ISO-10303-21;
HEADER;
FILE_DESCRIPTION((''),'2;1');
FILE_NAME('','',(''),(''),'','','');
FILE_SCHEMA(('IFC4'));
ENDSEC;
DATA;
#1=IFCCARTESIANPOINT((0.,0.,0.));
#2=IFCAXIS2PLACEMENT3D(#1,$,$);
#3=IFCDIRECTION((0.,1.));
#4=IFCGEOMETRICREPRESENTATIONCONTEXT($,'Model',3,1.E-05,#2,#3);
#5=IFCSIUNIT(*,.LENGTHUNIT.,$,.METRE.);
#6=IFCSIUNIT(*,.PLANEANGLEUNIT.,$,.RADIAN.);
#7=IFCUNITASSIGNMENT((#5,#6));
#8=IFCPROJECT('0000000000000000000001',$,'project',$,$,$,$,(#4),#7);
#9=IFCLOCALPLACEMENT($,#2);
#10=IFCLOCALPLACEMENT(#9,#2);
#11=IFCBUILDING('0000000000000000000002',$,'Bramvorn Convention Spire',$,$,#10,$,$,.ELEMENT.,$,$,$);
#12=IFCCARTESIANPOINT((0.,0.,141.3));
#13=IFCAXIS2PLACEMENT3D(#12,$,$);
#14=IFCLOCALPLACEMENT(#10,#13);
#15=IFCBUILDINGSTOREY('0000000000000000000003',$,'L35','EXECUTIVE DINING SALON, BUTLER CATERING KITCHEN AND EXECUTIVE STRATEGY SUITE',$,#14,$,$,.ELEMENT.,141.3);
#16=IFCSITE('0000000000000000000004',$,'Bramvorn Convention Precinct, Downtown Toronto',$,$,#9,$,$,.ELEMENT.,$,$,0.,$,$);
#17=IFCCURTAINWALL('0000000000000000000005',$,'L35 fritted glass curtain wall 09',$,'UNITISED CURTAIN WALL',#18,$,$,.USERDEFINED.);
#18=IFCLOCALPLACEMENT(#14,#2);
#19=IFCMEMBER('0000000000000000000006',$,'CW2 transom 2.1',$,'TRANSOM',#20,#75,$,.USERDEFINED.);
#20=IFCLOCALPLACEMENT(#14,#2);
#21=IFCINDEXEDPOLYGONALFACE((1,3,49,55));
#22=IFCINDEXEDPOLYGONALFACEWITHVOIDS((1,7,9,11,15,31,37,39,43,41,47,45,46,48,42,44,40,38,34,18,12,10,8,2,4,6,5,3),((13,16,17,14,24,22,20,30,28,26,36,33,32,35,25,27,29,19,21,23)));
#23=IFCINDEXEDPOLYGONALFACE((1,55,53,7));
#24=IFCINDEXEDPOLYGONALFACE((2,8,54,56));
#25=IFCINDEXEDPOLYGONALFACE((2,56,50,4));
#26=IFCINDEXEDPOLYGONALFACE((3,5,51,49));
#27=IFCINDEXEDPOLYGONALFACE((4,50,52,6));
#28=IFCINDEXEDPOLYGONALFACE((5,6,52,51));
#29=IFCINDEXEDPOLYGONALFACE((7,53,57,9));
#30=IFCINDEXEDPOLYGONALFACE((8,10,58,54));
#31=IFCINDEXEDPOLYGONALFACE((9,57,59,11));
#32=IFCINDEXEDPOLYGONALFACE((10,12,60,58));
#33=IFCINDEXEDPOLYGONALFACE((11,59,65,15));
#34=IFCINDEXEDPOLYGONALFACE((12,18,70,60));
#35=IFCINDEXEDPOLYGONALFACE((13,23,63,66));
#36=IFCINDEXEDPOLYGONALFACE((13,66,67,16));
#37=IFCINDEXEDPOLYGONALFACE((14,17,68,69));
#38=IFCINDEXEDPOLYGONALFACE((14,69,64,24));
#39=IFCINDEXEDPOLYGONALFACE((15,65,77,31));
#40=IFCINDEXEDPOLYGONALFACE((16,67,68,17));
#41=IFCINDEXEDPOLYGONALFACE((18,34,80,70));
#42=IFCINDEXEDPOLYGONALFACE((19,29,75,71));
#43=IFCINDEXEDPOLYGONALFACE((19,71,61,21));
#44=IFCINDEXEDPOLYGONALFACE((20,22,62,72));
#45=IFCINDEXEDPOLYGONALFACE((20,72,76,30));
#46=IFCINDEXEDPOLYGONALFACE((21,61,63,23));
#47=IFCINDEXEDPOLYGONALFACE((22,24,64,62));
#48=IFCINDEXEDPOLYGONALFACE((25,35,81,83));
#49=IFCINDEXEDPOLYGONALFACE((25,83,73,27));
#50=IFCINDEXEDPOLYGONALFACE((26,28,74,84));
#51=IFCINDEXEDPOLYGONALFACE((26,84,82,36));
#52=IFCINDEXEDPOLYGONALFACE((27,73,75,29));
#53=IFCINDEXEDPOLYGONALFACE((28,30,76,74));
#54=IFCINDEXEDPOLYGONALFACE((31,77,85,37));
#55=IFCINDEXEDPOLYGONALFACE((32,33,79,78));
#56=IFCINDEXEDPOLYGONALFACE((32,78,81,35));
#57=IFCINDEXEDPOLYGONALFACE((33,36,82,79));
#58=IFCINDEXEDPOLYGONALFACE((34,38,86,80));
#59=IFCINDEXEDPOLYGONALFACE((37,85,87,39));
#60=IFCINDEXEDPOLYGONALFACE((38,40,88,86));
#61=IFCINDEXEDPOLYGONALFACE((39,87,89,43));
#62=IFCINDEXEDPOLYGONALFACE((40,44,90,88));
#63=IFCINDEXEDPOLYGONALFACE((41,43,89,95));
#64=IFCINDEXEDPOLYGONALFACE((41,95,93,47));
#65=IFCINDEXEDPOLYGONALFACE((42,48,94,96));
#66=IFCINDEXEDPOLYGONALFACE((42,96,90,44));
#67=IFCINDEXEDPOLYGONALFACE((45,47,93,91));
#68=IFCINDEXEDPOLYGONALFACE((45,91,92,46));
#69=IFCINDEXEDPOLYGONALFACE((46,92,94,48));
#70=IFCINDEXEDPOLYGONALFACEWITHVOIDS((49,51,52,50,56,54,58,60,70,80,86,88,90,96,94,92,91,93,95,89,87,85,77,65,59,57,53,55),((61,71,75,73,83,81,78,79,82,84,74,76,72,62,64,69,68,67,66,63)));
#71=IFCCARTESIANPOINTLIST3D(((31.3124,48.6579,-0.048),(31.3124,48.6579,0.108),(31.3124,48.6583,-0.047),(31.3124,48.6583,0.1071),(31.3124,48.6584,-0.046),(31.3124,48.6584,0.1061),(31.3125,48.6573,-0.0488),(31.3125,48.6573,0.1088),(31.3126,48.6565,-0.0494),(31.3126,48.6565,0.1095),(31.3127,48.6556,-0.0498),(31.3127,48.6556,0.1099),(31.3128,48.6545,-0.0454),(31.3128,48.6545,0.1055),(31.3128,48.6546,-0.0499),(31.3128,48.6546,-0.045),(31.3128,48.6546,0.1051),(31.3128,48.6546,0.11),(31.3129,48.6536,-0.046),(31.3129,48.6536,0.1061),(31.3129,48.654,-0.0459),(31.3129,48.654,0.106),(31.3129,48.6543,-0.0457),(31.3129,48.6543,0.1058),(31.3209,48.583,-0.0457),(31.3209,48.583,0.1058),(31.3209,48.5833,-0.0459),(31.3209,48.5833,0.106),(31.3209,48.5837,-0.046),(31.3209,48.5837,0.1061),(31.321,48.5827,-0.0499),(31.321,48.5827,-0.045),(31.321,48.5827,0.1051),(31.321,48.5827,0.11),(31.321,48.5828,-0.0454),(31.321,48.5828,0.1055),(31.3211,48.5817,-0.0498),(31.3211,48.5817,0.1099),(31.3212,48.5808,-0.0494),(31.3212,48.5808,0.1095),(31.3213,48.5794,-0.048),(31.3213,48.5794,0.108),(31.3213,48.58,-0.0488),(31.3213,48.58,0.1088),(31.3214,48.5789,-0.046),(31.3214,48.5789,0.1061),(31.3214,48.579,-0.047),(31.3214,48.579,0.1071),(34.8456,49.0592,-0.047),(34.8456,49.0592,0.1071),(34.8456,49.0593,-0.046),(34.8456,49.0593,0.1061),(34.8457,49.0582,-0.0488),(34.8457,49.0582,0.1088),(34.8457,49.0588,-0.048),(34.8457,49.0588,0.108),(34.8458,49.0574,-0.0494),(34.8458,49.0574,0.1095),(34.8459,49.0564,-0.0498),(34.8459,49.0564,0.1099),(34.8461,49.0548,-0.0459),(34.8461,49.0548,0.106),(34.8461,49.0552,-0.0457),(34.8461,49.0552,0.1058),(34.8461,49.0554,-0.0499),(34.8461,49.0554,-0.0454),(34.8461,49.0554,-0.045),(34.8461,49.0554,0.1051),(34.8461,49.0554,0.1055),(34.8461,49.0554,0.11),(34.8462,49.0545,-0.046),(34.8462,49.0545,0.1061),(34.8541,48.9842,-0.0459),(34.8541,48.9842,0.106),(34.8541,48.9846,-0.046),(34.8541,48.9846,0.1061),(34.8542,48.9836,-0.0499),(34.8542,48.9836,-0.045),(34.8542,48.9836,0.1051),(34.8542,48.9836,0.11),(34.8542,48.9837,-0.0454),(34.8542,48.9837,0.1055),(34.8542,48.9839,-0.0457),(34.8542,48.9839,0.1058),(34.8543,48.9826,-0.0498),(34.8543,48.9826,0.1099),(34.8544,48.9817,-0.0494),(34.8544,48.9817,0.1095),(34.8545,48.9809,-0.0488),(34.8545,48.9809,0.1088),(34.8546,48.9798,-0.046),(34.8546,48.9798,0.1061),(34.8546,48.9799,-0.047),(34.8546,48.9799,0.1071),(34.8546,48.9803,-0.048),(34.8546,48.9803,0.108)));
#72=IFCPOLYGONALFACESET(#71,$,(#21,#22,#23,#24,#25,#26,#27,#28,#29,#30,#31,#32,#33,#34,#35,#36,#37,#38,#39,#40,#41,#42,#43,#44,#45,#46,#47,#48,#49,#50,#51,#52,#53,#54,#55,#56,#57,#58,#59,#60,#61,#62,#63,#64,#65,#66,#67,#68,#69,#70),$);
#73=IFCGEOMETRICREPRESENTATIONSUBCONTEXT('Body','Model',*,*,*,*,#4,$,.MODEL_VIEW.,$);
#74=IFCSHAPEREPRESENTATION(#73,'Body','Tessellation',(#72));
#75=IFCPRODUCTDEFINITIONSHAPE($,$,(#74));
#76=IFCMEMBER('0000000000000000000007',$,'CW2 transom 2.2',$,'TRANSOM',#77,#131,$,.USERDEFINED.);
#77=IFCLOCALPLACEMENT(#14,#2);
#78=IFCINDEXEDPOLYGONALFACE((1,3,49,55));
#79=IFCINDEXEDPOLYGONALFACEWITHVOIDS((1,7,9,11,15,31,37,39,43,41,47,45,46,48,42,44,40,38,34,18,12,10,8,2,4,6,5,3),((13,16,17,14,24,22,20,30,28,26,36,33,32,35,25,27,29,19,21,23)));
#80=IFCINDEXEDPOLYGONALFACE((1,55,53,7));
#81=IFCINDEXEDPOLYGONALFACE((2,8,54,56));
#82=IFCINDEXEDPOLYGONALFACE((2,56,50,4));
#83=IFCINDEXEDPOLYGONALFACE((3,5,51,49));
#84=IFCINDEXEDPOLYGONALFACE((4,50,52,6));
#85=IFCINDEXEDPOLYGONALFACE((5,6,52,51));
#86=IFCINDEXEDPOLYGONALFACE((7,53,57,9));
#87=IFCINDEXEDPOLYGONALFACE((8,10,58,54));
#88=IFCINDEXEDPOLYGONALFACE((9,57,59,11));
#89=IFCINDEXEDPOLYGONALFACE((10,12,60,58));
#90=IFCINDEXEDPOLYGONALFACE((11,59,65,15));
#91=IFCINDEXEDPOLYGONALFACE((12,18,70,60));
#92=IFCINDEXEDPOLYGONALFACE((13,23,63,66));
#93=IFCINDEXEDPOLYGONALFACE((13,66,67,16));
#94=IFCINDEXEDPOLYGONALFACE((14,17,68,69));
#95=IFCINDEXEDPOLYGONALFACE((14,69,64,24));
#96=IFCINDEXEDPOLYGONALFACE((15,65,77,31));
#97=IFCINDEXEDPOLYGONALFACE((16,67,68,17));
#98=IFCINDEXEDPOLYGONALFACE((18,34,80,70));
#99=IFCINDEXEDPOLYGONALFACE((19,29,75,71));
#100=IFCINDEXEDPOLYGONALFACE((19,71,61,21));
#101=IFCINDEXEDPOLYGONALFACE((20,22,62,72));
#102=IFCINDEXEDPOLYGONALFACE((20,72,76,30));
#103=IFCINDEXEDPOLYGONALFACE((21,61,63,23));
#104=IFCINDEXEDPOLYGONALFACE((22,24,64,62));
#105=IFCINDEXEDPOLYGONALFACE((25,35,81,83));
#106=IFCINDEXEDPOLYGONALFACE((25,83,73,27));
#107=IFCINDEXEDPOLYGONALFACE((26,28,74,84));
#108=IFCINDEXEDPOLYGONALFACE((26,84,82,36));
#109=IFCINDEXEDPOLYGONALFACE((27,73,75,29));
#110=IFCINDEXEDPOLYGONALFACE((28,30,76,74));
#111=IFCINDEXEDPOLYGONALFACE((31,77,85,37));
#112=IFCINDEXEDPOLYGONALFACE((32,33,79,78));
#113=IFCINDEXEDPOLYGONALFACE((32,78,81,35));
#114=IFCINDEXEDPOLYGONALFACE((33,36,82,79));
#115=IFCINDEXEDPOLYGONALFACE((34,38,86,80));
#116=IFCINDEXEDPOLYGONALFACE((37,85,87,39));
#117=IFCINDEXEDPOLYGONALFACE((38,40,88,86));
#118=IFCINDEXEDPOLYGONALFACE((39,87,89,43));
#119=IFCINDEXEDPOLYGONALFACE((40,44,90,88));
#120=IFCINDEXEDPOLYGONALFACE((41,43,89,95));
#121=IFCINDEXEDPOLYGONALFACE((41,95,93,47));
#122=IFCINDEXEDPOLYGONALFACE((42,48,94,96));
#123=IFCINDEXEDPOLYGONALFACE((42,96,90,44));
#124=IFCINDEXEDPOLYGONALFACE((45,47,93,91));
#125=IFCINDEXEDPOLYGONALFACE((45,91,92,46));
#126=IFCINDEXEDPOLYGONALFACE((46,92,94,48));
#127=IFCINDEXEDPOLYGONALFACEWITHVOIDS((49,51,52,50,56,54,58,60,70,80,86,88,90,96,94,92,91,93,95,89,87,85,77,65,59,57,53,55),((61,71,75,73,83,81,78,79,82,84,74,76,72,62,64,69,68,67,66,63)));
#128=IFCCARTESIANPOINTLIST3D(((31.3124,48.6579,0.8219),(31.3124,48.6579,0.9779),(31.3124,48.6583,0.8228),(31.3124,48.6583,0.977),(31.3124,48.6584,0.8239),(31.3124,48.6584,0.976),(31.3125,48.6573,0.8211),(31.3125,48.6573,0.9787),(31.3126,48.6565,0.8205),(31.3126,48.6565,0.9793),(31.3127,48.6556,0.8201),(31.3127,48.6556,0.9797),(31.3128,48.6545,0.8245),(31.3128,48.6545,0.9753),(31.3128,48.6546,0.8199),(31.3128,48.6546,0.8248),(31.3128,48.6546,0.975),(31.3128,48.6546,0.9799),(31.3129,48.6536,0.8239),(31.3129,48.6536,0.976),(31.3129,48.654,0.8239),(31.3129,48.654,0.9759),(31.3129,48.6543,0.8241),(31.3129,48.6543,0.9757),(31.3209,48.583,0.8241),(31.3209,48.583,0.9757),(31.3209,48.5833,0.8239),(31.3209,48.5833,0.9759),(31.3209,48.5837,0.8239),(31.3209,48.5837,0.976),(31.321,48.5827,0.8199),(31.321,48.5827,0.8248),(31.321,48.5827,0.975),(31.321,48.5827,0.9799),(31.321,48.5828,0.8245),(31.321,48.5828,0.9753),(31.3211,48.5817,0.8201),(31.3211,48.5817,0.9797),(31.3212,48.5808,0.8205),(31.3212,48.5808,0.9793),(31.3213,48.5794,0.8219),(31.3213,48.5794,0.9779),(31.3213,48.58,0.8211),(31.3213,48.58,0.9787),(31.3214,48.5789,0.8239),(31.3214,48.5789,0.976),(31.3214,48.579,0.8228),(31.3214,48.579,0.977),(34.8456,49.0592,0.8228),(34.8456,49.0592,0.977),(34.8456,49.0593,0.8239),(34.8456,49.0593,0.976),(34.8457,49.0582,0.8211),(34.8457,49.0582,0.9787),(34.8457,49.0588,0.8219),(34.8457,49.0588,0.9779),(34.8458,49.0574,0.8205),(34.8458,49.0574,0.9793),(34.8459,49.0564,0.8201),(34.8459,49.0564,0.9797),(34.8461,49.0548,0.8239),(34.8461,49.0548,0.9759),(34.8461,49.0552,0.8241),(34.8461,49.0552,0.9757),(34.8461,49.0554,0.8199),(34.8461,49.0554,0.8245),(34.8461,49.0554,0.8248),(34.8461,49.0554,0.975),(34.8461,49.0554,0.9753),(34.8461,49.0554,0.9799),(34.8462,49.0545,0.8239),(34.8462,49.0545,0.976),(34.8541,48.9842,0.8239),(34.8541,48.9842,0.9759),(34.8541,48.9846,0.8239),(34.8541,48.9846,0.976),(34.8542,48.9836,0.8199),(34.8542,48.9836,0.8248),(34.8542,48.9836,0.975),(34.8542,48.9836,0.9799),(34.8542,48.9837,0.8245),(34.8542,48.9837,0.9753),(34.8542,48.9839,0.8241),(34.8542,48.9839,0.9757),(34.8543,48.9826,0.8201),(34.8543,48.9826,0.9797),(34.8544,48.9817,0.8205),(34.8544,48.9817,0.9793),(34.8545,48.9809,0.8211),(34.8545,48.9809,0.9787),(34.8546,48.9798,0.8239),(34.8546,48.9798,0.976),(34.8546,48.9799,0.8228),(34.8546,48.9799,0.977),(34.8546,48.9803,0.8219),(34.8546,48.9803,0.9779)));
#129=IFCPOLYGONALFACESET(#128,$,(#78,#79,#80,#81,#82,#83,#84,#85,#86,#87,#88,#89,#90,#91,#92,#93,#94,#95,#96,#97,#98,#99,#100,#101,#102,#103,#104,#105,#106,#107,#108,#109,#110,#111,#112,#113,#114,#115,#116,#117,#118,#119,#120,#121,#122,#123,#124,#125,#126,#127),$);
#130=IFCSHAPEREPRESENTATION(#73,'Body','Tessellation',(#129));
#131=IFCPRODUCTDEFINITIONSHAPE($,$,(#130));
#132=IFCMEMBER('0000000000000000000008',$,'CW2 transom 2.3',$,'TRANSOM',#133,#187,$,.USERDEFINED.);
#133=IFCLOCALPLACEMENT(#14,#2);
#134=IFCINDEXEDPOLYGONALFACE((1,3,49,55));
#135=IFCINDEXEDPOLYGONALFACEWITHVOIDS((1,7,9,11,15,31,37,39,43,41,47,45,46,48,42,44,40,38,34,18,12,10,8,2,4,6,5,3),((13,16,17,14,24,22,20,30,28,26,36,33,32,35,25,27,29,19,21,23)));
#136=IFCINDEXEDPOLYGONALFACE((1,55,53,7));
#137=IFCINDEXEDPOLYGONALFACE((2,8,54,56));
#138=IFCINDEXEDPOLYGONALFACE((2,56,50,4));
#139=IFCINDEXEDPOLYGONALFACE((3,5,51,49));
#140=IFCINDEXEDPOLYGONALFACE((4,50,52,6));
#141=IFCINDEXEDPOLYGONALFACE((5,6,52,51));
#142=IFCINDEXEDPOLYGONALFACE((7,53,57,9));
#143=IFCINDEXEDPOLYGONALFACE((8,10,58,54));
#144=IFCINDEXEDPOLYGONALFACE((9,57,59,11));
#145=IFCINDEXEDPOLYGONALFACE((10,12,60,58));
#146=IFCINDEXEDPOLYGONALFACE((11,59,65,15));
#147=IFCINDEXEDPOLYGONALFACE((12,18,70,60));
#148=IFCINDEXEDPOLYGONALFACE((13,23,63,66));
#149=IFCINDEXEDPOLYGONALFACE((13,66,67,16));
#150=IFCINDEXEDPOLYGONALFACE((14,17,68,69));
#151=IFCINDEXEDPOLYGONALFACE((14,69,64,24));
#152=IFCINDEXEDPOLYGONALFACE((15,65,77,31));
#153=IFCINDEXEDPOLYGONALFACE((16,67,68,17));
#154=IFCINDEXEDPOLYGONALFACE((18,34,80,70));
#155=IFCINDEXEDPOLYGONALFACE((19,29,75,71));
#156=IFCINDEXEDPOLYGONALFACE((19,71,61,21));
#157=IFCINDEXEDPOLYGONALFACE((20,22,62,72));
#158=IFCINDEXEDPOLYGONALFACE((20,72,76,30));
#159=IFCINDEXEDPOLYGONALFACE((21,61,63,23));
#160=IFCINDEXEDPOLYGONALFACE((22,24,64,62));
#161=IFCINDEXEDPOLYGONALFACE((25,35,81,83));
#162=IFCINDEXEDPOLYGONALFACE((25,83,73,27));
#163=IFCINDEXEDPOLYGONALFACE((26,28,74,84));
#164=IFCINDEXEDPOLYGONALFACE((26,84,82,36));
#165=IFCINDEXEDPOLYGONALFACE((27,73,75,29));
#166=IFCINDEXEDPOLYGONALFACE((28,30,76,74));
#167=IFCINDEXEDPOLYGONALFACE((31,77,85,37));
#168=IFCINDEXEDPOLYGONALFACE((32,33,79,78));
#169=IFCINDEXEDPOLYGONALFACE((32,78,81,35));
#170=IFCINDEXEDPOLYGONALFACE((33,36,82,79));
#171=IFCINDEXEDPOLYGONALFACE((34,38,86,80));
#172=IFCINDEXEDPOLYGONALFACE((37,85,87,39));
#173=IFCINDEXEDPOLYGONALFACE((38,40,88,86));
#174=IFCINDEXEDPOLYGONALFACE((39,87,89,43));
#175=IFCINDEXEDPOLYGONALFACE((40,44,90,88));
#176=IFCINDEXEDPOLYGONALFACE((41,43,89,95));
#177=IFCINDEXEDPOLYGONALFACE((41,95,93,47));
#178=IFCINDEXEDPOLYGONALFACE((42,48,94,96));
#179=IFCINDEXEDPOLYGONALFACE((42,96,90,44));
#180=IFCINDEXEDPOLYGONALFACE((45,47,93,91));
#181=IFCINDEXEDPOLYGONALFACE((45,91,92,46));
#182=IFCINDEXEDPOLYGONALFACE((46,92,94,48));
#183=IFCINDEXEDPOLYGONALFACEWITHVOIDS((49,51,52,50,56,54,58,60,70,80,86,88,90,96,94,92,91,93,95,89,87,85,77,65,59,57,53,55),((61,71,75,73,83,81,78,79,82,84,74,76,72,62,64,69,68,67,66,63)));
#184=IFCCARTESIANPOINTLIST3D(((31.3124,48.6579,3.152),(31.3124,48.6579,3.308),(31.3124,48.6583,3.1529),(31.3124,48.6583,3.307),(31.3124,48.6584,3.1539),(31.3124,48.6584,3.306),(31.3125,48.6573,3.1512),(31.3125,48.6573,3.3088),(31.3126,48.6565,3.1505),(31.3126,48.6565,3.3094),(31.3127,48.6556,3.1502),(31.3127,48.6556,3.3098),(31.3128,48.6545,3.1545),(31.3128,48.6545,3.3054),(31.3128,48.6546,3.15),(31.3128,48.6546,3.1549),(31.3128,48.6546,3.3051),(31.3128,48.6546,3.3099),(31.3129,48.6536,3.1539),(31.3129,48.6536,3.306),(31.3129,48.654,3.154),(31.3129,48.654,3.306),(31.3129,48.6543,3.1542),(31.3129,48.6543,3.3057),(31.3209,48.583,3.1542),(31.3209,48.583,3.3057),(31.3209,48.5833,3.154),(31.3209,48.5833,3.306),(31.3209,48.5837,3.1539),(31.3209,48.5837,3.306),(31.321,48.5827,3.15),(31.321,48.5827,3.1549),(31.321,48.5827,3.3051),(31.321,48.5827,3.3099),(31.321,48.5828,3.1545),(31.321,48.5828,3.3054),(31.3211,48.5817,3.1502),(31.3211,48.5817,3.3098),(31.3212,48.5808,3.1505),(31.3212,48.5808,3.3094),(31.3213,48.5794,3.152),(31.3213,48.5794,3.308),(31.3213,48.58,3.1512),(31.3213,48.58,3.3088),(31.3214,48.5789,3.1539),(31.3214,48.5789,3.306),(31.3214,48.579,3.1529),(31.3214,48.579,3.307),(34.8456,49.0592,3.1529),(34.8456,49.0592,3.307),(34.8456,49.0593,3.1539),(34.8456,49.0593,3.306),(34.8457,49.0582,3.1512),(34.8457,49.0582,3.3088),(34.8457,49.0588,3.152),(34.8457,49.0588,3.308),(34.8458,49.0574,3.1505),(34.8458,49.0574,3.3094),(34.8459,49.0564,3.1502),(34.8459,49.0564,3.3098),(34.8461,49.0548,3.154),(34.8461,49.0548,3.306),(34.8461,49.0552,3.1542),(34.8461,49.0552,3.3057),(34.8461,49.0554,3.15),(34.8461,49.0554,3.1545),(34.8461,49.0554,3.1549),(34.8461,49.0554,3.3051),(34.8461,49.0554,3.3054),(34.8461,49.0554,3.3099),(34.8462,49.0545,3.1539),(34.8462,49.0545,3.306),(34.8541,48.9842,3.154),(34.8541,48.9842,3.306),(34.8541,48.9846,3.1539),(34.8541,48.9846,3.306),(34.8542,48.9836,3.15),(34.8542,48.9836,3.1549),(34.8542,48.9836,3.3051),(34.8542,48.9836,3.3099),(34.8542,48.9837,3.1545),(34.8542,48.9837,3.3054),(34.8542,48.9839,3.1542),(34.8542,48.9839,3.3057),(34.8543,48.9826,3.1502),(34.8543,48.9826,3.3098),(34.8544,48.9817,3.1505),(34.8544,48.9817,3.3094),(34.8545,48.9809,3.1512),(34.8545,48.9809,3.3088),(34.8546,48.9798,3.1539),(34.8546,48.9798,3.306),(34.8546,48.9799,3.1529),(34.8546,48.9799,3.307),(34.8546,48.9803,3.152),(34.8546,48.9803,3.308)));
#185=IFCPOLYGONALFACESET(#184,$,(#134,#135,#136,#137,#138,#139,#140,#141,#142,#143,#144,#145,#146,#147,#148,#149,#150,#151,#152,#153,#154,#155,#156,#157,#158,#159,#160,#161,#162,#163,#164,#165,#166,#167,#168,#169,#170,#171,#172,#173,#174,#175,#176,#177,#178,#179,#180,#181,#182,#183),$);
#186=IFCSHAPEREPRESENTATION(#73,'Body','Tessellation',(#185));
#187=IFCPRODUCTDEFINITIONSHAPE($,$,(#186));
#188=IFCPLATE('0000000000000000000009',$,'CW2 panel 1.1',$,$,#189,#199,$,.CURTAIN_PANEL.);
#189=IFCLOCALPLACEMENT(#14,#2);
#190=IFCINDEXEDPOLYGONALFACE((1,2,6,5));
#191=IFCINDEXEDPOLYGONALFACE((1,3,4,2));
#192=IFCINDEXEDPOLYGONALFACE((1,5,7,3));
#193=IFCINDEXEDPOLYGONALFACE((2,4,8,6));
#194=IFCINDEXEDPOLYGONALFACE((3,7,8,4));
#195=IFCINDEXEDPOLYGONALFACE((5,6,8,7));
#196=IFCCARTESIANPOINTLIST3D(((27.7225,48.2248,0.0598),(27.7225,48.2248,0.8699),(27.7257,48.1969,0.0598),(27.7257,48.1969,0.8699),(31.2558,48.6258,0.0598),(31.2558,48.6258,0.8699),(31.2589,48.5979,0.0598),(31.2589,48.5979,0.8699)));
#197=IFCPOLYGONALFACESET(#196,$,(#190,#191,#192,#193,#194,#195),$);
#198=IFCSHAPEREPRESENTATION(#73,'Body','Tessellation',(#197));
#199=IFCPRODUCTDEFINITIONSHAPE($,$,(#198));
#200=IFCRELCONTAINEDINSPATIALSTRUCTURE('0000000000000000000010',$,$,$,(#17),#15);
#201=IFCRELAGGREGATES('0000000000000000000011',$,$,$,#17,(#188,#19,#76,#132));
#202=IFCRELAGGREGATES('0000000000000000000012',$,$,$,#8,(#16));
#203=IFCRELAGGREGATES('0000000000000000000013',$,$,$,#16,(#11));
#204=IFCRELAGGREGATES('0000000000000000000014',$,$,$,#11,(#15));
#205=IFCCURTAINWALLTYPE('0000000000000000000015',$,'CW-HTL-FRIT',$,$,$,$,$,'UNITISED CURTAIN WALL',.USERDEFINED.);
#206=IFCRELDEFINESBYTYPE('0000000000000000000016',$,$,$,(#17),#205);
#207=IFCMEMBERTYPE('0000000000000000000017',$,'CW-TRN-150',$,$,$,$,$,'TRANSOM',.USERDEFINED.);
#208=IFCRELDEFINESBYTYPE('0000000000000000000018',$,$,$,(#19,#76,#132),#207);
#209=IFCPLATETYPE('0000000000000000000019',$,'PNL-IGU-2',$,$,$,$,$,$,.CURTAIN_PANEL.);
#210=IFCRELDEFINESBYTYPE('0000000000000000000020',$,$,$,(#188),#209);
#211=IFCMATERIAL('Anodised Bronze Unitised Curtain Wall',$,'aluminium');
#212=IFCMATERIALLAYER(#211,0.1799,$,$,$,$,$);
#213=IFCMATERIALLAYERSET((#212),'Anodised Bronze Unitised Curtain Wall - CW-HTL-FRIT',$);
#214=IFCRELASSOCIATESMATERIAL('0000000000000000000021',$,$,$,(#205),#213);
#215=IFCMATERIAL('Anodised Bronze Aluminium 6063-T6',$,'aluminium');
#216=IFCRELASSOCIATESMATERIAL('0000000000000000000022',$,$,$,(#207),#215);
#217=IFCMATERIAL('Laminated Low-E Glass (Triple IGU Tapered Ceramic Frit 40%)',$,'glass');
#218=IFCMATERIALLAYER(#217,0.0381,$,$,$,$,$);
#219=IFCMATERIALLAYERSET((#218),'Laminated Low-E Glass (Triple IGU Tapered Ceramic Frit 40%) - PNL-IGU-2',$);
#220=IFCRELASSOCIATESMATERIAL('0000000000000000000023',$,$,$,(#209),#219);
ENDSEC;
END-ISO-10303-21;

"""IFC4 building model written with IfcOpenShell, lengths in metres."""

from ifc_helpers import new_model, si_unit, direction, frame, origin, origin_2d, place, context, subcontext, project, spatial, rectangle, hollow_rectangle, extrude, material, layer, layer_set, material_profile, profile_set, type_object, element, aggregate, save


model = new_model("IFC4")

# Units and contexts
model_context = context("Model", 3, precision=1e-05, world=origin(), true_north=direction((0.0, 1.0)))
body_context = subcontext(model_context, "Body", "Model", "MODEL_VIEW")
ifc_project = project(units=[si_unit("LENGTHUNIT", "METRE"), si_unit("PLANEANGLEUNIT", "RADIAN")], contexts=[model_context])

# Site, building, storey
site_placement = place(None, origin())
site = spatial("IfcSite", under=ifc_project, at=site_placement, Name="Bramvorn Convention Precinct, Downtown Toronto", CompositionType="ELEMENT", RefElevation=0.0)
building_placement = place(site_placement, origin())
building = spatial("IfcBuilding", under=site, at=building_placement, Name="Bramvorn Convention Spire", CompositionType="ELEMENT")
storey_placement = place(building_placement, frame((0.0, 0.0, 141.3)))
storey = spatial("IfcBuildingStorey", under=building, at=storey_placement, Name="L35", Description="EXECUTIVE DINING SALON, BUTLER CATERING KITCHEN AND EXECUTIVE STRATEGY SUITE", CompositionType="ELEMENT", Elevation=141.3)

# Curtain wall, members, plate
ifc_material_1 = material(Name="Anodised Bronze Unitised Curtain Wall", Category="aluminium")
ifc_layer_1 = layer(ifc_material_1, 0.1799)
ifc_layer_set_1 = layer_set([ifc_layer_1], Name="Anodised Bronze Unitised Curtain Wall - CW-HTL-FRIT")
curtain_wall_type = type_object("IfcCurtainWallType", Name="CW-HTL-FRIT", ElementType="UNITISED CURTAIN WALL", PredefinedType="USERDEFINED", material=ifc_layer_set_1)
curtain_wall_placement = place(storey_placement, origin())
curtain_wall = element("IfcCurtainWall", 1, at=curtain_wall_placement, inside=storey, type_object=curtain_wall_type, Name="L35 fritted glass curtain wall 09", ObjectType="UNITISED CURTAIN WALL", PredefinedType="USERDEFINED")
ifc_material_2 = material(Name="Anodised Bronze Aluminium 6063-T6", Category="aluminium")
ifc_material_profile_1 = material_profile(ifc_material_2, hollow_rectangle(XDim=0.0801, YDim=0.1599, WallThickness=0.0039, InnerFilletRadius=0.001, OuterFilletRadius=0.0039, at=origin_2d()))
ifc_profile_set_1 = profile_set([ifc_material_profile_1], Name="Anodised Bronze Aluminium 6063-T6 - CWT80X160")
member_type_1 = type_object("IfcMemberType", Name="CW-TRN-150", ElementType="TRANSOM", PredefinedType="USERDEFINED", material=ifc_profile_set_1)
member_1_placement = place(storey_placement, frame((31.3169, 48.6187, 0.03), z_axis=(0.993625, 0.112737, 0.0), x_axis=(-0.112737, 0.993625, 0.0)))
member_1 = element("IfcMember", 2, at=member_1_placement, type_object=member_type_1, Name="CW2 transom 2.1", ObjectType="TRANSOM", PredefinedType="USERDEFINED", context=body_context, shape_type="SweptSolid", body=[
    extrude(hollow_rectangle(XDim=0.0801, YDim=0.1599, WallThickness=0.0039, InnerFilletRadius=0.001, OuterFilletRadius=0.0039, at=origin_2d()), origin(), (0.0, 0.0, 1.0), 3.5559),
])
member_2_placement = place(storey_placement, frame((31.3169, 48.6187, 0.8999), z_axis=(0.993625, 0.112737, 0.0), x_axis=(-0.112737, 0.993625, 0.0)))
member_2 = element("IfcMember", 3, at=member_2_placement, type_object=member_type_1, Name="CW2 transom 2.2", ObjectType="TRANSOM", PredefinedType="USERDEFINED", context=body_context, shape_type="SweptSolid", body=[
    extrude(hollow_rectangle(XDim=0.0801, YDim=0.1599, WallThickness=0.0039, InnerFilletRadius=0.001, OuterFilletRadius=0.0039, at=origin_2d()), origin(), (0.0, 0.0, 1.0), 3.5559),
])
member_3_placement = place(storey_placement, frame((31.3169, 48.6187, 3.23), z_axis=(0.993625, 0.112737, 0.0), x_axis=(-0.112737, 0.993625, 0.0)))
member_3 = element("IfcMember", 4, at=member_3_placement, type_object=member_type_1, Name="CW2 transom 2.3", ObjectType="TRANSOM", PredefinedType="USERDEFINED", context=body_context, shape_type="SweptSolid", body=[
    extrude(hollow_rectangle(XDim=0.0801, YDim=0.1599, WallThickness=0.0039, InnerFilletRadius=0.001, OuterFilletRadius=0.0039, at=origin_2d()), origin(), (0.0, 0.0, 1.0), 3.5559),
])
ifc_material_3 = material(Name="Laminated Low-E Glass (Triple IGU Tapered Ceramic Frit 40%)", Category="glass")
ifc_layer_2 = layer(ifc_material_3, 0.0381)
ifc_layer_set_2 = layer_set([ifc_layer_2], Name="Laminated Low-E Glass (Triple IGU Tapered Ceramic Frit 40%) - PNL-IGU-2")
plate_type = type_object("IfcPlateType", Name="PNL-IGU-2", PredefinedType="CURTAIN_PANEL", material=ifc_layer_set_2)
plate_1_placement = place(storey_placement, frame((29.4907, 48.4114, 0.0598), z_axis=(0.0, 0.0, 1.0), x_axis=(0.993621, 0.11277, 0.0)))
plate_1 = element("IfcPlate", 5, at=plate_1_placement, type_object=plate_type, Name="CW2 panel 1.1", PredefinedType="CURTAIN_PANEL", context=body_context, shape_type="SweptSolid", body=[
    extrude(rectangle(XDim=3.5559, YDim=0.0281, at=origin_2d()), origin(), (0.0, 0.0, 1.0), 0.8101),
])
aggregate(curtain_wall, [plate_1, member_1, member_2, member_3])

save(model, "model.ifc")
